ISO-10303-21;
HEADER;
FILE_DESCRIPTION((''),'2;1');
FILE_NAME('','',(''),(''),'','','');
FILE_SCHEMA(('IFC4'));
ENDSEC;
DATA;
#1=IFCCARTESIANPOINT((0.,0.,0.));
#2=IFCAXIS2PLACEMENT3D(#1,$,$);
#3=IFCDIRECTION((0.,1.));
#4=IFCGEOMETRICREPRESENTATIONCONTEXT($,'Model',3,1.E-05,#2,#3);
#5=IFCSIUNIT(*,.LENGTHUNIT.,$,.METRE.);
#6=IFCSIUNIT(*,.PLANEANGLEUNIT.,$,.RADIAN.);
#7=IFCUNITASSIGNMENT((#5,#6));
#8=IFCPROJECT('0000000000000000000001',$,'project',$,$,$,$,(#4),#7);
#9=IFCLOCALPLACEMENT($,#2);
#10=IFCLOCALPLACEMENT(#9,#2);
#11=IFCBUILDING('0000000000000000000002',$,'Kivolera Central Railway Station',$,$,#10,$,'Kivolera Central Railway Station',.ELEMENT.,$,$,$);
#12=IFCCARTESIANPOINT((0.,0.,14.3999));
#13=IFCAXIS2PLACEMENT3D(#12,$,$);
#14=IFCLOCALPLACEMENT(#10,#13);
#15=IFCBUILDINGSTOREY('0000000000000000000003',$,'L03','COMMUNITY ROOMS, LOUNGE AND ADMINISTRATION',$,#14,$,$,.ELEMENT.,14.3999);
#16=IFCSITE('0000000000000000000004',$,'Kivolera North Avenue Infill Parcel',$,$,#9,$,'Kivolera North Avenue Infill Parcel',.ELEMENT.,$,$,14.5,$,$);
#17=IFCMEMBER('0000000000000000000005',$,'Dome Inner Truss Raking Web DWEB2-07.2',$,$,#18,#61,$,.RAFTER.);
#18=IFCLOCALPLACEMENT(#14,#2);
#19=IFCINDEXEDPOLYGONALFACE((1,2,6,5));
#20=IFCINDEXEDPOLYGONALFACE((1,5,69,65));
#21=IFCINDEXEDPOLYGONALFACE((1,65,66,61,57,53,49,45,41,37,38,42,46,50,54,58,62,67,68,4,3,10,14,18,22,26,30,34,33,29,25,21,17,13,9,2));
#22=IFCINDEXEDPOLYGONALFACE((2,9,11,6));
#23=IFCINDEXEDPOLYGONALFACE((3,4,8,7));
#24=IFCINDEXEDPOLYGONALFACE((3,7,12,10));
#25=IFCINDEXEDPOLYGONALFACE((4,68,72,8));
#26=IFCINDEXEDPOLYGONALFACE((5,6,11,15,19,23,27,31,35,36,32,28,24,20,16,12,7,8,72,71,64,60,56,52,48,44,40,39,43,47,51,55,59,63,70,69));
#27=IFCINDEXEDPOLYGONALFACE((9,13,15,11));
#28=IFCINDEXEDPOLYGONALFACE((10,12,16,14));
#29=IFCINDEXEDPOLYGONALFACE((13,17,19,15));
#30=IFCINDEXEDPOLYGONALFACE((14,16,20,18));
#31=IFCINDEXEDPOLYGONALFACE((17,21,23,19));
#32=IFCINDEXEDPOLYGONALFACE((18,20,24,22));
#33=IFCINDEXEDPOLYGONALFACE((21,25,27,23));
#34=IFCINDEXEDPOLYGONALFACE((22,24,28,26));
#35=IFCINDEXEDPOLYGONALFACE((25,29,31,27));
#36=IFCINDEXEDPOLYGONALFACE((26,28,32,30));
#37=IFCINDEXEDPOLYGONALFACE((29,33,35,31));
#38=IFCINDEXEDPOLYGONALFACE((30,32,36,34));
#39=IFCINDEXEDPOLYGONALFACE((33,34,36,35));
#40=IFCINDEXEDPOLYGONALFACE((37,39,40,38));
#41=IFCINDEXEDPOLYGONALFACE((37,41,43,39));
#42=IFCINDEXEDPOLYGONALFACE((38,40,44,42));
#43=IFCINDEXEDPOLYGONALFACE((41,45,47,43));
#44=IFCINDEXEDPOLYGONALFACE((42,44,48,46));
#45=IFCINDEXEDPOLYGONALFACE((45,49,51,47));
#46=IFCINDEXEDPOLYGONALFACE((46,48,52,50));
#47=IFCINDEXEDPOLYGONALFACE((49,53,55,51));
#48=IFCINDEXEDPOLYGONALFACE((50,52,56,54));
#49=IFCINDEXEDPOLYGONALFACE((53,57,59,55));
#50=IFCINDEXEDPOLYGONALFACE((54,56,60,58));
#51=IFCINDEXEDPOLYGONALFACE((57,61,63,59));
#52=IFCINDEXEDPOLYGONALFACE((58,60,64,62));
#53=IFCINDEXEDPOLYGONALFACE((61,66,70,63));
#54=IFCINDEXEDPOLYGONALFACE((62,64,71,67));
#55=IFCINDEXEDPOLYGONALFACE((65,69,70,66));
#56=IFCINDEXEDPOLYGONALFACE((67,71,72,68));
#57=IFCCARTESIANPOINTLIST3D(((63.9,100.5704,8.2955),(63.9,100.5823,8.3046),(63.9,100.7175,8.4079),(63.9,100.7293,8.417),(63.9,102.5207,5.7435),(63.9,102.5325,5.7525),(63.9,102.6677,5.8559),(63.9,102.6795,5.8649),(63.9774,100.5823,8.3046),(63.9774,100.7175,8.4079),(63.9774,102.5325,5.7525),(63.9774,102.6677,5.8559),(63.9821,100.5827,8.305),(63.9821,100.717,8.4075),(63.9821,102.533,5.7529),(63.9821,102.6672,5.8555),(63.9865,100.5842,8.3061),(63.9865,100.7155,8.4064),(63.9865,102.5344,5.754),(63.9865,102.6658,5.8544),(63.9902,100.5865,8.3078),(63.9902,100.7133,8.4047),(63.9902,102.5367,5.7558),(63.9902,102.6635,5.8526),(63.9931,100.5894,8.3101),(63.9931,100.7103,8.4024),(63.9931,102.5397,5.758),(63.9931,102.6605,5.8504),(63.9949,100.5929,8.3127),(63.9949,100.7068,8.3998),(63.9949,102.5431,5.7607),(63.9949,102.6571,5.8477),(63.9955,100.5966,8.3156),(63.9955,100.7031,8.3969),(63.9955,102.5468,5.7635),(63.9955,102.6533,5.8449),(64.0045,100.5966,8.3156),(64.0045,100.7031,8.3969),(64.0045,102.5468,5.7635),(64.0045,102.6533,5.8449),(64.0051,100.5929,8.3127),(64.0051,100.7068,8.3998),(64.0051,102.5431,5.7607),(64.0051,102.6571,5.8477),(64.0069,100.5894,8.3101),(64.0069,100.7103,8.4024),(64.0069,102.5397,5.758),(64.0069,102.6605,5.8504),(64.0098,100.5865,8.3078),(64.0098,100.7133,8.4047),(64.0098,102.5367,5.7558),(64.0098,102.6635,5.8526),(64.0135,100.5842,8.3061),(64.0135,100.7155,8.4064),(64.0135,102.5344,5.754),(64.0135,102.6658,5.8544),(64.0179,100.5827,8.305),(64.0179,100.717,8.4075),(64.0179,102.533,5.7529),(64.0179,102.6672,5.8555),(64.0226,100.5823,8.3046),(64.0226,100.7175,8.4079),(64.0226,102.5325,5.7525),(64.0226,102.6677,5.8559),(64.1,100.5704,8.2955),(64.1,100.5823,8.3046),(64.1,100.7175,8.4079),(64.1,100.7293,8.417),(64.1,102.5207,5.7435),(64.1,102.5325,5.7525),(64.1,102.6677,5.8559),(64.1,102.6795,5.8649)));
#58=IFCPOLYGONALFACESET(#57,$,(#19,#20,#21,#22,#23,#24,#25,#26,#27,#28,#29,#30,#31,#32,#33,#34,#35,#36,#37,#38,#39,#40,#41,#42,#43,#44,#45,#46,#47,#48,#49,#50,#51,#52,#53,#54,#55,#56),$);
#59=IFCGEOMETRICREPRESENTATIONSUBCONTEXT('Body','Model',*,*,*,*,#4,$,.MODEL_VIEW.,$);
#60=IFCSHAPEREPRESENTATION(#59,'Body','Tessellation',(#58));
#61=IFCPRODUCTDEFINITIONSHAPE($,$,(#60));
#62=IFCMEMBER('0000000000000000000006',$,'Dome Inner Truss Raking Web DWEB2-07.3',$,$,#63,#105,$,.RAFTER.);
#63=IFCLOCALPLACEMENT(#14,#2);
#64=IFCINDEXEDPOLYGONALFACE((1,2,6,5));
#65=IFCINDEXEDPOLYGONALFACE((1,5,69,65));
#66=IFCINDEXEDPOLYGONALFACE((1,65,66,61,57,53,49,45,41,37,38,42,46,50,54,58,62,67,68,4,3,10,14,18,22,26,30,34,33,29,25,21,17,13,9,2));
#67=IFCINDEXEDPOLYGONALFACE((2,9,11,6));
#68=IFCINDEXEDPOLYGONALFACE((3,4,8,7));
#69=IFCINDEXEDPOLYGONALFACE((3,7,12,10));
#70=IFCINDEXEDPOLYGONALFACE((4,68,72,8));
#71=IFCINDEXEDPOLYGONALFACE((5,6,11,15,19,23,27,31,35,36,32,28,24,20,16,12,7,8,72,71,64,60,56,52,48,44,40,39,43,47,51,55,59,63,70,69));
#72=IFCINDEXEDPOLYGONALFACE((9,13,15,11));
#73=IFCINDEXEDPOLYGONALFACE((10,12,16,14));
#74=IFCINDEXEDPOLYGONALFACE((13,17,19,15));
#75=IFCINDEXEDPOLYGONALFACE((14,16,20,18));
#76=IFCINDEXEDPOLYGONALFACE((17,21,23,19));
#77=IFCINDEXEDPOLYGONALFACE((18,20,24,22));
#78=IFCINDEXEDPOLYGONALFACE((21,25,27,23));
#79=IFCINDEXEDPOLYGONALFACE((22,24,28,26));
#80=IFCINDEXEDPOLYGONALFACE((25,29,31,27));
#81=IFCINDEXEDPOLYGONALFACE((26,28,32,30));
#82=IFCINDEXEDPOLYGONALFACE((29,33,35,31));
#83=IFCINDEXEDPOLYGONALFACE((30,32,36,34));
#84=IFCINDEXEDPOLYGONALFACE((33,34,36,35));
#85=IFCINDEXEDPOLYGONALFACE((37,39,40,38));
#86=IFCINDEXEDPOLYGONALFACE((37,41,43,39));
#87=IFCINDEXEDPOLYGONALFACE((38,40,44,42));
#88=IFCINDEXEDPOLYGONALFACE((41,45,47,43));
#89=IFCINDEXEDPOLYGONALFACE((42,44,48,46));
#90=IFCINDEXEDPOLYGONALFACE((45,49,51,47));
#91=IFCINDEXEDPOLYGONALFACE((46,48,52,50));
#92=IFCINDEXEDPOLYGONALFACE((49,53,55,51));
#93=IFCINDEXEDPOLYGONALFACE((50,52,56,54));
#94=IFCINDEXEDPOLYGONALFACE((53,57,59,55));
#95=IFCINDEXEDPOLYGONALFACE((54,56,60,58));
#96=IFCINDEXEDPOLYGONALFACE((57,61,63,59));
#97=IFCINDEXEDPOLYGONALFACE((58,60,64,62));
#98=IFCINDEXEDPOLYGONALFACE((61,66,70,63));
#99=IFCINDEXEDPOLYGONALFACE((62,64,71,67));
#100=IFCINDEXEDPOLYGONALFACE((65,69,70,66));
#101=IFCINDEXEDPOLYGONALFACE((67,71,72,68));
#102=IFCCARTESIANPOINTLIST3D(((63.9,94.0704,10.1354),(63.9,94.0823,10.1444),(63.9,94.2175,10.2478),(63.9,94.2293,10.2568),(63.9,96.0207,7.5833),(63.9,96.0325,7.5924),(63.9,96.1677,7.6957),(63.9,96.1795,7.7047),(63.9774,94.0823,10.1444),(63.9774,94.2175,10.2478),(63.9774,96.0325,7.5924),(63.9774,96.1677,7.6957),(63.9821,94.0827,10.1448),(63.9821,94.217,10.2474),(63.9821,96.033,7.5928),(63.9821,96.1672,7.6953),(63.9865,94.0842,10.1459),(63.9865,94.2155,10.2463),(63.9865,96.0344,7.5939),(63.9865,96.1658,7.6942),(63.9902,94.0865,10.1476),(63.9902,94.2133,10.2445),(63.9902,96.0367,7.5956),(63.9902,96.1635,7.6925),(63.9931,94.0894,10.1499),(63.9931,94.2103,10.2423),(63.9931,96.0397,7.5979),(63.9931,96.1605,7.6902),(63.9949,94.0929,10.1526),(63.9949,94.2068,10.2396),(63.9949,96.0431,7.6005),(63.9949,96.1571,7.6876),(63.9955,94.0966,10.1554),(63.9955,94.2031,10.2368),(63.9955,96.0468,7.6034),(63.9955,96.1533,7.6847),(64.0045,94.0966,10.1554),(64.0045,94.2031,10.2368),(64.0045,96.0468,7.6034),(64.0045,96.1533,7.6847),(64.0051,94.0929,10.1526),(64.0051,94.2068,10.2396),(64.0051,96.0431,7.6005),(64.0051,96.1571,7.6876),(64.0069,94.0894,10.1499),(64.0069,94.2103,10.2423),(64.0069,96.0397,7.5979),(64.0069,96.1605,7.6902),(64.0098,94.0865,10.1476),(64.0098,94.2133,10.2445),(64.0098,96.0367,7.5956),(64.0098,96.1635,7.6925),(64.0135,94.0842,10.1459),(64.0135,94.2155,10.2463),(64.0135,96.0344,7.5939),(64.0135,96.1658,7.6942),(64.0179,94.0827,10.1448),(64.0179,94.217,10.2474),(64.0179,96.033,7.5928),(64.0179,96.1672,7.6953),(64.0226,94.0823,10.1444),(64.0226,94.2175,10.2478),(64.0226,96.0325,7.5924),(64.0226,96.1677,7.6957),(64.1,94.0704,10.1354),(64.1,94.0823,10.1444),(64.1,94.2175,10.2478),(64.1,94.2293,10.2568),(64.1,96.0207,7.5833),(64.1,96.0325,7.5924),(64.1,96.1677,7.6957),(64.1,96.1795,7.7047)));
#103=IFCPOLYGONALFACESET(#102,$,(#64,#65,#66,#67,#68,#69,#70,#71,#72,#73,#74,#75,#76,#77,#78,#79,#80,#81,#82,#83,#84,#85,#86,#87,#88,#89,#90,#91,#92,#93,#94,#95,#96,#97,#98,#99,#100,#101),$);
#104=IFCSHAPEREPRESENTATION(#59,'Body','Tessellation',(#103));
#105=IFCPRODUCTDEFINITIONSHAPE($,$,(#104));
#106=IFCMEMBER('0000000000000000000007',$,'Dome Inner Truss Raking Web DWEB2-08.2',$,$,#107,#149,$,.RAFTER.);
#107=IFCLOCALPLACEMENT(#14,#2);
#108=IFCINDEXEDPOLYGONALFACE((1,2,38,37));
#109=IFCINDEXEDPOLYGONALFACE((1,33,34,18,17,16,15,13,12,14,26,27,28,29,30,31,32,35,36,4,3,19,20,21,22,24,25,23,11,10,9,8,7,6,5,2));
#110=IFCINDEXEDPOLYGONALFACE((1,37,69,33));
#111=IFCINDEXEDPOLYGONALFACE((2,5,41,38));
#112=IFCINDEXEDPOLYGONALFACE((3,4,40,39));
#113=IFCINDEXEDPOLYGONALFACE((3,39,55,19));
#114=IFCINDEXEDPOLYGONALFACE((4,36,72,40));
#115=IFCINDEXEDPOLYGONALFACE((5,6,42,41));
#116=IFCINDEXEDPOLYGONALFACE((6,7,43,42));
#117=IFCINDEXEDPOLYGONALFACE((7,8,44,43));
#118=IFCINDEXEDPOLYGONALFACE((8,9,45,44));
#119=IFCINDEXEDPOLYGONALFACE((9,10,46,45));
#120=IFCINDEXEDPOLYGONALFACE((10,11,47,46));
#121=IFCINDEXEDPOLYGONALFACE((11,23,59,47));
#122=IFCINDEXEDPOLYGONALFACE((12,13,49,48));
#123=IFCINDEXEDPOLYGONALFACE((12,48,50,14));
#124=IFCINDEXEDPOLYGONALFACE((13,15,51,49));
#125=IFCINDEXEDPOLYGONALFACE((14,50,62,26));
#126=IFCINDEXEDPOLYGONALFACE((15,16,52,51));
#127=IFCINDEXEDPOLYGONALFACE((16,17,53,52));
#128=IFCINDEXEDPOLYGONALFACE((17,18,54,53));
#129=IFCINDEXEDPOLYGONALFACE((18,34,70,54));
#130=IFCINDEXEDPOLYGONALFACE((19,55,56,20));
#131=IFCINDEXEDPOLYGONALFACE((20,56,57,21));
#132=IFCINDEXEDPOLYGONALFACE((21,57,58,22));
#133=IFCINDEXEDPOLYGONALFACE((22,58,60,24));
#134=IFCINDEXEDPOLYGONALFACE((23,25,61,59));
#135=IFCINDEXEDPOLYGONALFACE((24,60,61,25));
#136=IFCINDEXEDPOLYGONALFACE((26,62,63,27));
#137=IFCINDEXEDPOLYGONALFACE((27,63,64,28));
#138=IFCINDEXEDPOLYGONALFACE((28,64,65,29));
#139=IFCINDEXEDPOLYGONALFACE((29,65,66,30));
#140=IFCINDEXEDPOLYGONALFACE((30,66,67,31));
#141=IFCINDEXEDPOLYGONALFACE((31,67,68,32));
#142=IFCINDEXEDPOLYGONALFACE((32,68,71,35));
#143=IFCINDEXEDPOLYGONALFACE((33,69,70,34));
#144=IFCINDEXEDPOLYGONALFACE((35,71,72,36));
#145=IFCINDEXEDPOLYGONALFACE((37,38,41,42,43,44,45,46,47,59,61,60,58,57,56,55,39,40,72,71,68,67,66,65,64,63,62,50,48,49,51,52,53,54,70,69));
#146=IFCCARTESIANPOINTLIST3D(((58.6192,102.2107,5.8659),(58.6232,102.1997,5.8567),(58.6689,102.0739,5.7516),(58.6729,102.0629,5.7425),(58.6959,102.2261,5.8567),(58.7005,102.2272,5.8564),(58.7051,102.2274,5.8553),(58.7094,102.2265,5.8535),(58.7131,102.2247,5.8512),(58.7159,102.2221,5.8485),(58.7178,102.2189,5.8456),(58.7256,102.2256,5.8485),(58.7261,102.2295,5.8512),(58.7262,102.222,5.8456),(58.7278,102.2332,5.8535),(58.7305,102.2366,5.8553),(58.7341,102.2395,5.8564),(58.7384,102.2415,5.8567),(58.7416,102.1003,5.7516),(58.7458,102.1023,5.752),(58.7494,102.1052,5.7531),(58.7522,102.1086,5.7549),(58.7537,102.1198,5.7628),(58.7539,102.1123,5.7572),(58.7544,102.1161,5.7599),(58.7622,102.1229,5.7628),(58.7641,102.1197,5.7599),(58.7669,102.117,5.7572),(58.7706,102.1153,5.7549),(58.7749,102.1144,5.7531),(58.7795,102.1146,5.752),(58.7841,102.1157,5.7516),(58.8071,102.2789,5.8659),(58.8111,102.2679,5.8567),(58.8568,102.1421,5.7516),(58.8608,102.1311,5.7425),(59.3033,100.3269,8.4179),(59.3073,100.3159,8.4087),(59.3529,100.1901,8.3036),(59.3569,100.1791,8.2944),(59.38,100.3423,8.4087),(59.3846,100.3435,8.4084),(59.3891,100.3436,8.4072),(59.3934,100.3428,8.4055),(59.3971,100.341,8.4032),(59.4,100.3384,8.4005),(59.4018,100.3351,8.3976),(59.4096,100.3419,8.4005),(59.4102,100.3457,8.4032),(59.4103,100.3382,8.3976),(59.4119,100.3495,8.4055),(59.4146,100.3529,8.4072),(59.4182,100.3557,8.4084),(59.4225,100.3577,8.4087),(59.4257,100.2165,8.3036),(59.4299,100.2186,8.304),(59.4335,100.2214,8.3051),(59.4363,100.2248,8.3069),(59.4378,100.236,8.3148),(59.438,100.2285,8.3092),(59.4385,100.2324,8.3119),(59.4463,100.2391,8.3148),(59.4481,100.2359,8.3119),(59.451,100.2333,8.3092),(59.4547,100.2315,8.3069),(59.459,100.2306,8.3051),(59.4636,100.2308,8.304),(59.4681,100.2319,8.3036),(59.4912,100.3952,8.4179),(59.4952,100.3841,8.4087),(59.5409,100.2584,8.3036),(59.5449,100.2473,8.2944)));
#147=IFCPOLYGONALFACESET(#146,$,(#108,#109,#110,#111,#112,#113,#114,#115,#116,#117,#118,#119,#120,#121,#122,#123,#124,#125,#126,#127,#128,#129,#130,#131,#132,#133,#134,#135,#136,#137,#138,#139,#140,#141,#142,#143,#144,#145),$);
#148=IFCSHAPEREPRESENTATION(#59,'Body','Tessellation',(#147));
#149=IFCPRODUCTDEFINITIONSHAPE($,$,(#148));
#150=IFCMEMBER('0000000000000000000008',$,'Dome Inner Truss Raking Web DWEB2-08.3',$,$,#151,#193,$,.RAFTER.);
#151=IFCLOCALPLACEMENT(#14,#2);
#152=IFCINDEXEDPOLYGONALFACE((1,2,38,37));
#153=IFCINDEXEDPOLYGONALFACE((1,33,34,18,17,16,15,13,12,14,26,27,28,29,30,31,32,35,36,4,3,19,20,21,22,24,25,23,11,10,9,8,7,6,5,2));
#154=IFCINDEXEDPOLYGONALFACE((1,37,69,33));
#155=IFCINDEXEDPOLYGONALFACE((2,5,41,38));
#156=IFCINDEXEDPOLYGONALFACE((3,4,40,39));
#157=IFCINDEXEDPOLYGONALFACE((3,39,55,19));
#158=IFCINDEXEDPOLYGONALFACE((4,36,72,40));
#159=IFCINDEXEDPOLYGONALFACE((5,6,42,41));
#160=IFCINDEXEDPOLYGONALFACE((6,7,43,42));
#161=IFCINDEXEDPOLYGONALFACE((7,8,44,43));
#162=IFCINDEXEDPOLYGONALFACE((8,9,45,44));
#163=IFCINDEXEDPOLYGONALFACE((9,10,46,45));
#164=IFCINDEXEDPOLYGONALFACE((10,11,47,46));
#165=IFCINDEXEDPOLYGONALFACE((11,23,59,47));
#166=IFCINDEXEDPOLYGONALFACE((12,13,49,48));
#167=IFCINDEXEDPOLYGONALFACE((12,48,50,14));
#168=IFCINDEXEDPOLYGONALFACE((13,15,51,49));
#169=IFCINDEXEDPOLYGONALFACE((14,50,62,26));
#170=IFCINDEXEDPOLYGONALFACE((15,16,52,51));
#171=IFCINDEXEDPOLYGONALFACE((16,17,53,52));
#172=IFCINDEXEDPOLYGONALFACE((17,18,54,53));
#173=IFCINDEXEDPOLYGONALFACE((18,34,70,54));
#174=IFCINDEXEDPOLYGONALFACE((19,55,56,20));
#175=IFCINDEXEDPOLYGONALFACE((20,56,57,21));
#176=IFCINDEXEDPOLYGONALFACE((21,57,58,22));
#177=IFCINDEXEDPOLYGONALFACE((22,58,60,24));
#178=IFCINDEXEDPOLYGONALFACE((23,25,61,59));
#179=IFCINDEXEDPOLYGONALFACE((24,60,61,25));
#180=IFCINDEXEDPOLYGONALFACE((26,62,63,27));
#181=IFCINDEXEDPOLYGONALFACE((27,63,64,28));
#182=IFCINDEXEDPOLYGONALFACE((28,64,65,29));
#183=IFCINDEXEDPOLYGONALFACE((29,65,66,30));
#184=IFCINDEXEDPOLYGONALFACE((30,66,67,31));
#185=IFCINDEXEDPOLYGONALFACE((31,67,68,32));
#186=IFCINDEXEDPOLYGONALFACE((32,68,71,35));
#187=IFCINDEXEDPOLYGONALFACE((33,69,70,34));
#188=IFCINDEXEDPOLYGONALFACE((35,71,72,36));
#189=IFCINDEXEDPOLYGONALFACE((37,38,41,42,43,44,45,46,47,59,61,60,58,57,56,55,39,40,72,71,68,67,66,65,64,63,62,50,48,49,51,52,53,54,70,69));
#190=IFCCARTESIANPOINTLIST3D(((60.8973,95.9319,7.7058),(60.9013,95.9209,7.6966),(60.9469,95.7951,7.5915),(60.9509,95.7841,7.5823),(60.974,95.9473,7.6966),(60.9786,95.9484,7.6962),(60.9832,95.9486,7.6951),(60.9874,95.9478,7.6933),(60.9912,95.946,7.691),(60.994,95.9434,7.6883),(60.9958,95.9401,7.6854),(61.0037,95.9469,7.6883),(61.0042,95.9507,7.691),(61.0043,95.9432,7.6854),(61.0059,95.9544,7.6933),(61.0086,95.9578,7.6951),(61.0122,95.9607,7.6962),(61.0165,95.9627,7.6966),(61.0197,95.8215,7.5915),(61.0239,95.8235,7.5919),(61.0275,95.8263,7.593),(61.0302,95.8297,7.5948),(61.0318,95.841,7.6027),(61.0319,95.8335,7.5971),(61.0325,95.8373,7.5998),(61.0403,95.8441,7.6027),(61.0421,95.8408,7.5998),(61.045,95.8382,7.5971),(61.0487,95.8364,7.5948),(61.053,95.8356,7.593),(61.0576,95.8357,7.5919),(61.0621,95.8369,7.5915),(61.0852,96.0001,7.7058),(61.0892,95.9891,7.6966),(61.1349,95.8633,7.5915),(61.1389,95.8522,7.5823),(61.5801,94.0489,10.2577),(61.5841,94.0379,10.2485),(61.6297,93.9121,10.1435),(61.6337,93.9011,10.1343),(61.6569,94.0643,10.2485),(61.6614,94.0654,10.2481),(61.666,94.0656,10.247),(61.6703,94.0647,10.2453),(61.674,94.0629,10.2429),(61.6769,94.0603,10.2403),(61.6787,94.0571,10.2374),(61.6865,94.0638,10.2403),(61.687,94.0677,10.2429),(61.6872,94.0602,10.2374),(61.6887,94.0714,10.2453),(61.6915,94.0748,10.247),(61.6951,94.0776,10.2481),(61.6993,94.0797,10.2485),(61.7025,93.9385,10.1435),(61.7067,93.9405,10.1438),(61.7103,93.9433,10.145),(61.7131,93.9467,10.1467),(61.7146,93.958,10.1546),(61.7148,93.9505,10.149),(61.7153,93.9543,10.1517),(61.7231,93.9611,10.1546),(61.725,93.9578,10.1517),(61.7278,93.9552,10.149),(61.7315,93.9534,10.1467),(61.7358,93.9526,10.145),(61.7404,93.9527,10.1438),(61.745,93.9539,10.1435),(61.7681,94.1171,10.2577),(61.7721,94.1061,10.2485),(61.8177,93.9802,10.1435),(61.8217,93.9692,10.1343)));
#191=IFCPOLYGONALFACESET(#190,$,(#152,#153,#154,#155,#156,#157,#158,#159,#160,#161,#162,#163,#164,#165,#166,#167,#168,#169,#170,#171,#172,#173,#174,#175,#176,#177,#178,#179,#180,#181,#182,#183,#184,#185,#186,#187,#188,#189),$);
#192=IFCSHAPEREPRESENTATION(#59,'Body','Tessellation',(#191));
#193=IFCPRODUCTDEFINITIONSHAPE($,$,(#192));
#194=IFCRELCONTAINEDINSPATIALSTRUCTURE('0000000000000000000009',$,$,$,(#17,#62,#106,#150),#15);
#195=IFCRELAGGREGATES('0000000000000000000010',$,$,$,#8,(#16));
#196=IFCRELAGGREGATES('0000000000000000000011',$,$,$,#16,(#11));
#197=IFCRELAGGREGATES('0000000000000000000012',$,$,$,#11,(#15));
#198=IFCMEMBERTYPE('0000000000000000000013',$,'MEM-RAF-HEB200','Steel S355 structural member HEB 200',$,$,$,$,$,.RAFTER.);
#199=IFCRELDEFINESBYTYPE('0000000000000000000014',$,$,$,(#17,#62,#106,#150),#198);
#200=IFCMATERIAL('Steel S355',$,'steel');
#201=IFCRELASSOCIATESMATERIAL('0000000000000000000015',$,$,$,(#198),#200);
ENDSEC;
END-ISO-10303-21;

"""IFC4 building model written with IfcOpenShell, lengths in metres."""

from ifc_helpers import new_model, si_unit, direction, frame, origin, origin_2d, place, context, subcontext, project, spatial, i_section, extrude, material, material_profile, profile_set, type_object, element, save


model = new_model("IFC4")

# Units and contexts
model_context = context("Model", 3, precision=1e-05, world=origin(), true_north=direction((0.0, 1.0)))
body_context = subcontext(model_context, "Body", "Model", "MODEL_VIEW")
ifc_project = project(units=[si_unit("LENGTHUNIT", "METRE"), si_unit("PLANEANGLEUNIT", "RADIAN")], contexts=[model_context])

# Site, building, storey
site_placement = place(None, origin())
site = spatial("IfcSite", under=ifc_project, at=site_placement, Name="Kivolera North Avenue Infill Parcel", LongName="Kivolera North Avenue Infill Parcel", CompositionType="ELEMENT", RefElevation=14.5)
building_placement = place(site_placement, origin())
building = spatial("IfcBuilding", under=site, at=building_placement, Name="Kivolera Central Railway Station", LongName="Kivolera Central Railway Station", CompositionType="ELEMENT")
storey_placement = place(building_placement, frame((0.0, 0.0, 14.3999)))
storey = spatial("IfcBuildingStorey", under=building, at=storey_placement, Name="L03", Description="COMMUNITY ROOMS, LOUNGE AND ADMINISTRATION", CompositionType="ELEMENT", Elevation=14.3999)

# Shared definitions
ifc_material_1 = material(Name="Steel S355", Category="steel")

# Members
ifc_material_profile_1 = material_profile(ifc_material_1, i_section(OverallWidth=0.2, OverallDepth=0.2, WebThickness=0.009, FlangeThickness=0.0149, FilletRadius=0.0181, at=origin_2d()), Name="HEB 200")
ifc_profile_set_1 = profile_set([ifc_material_profile_1], Name="Steel S355")
member_type_1 = type_object("IfcMemberType", Name="MEM-RAF-HEB200", Description="Steel S355 structural member HEB 200", PredefinedType="RAFTER", material=ifc_profile_set_1)
for number, where, z_axis, x_axis, name in (
    (1, (64.0, 102.6001, 5.8042), (0.0, -0.607188, 0.794558), (1.0, 0.0, 0.0), "Dome Inner Truss Raking Web DWEB2-07.2"),
    (2, (64.0, 96.1001, 7.644), (0.0, -0.607188, 0.794558), (1.0, 0.0, 0.0), "Dome Inner Truss Raking Web DWEB2-07.3"),
):
    element("IfcMember", number, at=place(storey_placement, frame(where, z_axis=z_axis, x_axis=x_axis)), inside=storey, type_object=member_type_1, Name=name, PredefinedType="RAFTER", context=body_context, shape_type="SweptSolid", body=[
        extrude(i_section(OverallWidth=0.2, OverallDepth=0.2, WebThickness=0.009, FlangeThickness=0.0149, FilletRadius=0.0181, at=origin_2d()), origin(), (0.0, 0.0, 1.0), 3.2119),
    ])
member_1_placement = place(storey_placement, frame((58.74, 102.1709, 5.8042), z_axis=(0.210818, -0.580539, 0.786467), x_axis=(0.939943, 0.341332, 0.0)))
element("IfcMember", 3, at=member_1_placement, inside=storey, type_object=member_type_1, Name="Dome Inner Truss Raking Web DWEB2-08.2", PredefinedType="RAFTER", context=body_context, shape_type="SweptSolid", body=[
    extrude(i_section(OverallWidth=0.2, OverallDepth=0.2, WebThickness=0.009, FlangeThickness=0.0149, FilletRadius=0.0181, at=origin_2d()), origin(), (0.0, 0.0, 1.0), 3.2449),
])
member_2_placement = place(storey_placement, frame((61.0181, 95.8921, 7.644), z_axis=(0.210486, -0.580436, 0.786632), x_axis=(0.940096, 0.340911, 0.0)))
element("IfcMember", 4, at=member_2_placement, inside=storey, type_object=member_type_1, Name="Dome Inner Truss Raking Web DWEB2-08.3", PredefinedType="RAFTER", context=body_context, shape_type="SweptSolid", body=[
    extrude(i_section(OverallWidth=0.2, OverallDepth=0.2, WebThickness=0.009, FlangeThickness=0.0149, FilletRadius=0.0181, at=origin_2d()), origin(), (0.0, 0.0, 1.0), 3.2441),
])

save(model, "model.ifc")
